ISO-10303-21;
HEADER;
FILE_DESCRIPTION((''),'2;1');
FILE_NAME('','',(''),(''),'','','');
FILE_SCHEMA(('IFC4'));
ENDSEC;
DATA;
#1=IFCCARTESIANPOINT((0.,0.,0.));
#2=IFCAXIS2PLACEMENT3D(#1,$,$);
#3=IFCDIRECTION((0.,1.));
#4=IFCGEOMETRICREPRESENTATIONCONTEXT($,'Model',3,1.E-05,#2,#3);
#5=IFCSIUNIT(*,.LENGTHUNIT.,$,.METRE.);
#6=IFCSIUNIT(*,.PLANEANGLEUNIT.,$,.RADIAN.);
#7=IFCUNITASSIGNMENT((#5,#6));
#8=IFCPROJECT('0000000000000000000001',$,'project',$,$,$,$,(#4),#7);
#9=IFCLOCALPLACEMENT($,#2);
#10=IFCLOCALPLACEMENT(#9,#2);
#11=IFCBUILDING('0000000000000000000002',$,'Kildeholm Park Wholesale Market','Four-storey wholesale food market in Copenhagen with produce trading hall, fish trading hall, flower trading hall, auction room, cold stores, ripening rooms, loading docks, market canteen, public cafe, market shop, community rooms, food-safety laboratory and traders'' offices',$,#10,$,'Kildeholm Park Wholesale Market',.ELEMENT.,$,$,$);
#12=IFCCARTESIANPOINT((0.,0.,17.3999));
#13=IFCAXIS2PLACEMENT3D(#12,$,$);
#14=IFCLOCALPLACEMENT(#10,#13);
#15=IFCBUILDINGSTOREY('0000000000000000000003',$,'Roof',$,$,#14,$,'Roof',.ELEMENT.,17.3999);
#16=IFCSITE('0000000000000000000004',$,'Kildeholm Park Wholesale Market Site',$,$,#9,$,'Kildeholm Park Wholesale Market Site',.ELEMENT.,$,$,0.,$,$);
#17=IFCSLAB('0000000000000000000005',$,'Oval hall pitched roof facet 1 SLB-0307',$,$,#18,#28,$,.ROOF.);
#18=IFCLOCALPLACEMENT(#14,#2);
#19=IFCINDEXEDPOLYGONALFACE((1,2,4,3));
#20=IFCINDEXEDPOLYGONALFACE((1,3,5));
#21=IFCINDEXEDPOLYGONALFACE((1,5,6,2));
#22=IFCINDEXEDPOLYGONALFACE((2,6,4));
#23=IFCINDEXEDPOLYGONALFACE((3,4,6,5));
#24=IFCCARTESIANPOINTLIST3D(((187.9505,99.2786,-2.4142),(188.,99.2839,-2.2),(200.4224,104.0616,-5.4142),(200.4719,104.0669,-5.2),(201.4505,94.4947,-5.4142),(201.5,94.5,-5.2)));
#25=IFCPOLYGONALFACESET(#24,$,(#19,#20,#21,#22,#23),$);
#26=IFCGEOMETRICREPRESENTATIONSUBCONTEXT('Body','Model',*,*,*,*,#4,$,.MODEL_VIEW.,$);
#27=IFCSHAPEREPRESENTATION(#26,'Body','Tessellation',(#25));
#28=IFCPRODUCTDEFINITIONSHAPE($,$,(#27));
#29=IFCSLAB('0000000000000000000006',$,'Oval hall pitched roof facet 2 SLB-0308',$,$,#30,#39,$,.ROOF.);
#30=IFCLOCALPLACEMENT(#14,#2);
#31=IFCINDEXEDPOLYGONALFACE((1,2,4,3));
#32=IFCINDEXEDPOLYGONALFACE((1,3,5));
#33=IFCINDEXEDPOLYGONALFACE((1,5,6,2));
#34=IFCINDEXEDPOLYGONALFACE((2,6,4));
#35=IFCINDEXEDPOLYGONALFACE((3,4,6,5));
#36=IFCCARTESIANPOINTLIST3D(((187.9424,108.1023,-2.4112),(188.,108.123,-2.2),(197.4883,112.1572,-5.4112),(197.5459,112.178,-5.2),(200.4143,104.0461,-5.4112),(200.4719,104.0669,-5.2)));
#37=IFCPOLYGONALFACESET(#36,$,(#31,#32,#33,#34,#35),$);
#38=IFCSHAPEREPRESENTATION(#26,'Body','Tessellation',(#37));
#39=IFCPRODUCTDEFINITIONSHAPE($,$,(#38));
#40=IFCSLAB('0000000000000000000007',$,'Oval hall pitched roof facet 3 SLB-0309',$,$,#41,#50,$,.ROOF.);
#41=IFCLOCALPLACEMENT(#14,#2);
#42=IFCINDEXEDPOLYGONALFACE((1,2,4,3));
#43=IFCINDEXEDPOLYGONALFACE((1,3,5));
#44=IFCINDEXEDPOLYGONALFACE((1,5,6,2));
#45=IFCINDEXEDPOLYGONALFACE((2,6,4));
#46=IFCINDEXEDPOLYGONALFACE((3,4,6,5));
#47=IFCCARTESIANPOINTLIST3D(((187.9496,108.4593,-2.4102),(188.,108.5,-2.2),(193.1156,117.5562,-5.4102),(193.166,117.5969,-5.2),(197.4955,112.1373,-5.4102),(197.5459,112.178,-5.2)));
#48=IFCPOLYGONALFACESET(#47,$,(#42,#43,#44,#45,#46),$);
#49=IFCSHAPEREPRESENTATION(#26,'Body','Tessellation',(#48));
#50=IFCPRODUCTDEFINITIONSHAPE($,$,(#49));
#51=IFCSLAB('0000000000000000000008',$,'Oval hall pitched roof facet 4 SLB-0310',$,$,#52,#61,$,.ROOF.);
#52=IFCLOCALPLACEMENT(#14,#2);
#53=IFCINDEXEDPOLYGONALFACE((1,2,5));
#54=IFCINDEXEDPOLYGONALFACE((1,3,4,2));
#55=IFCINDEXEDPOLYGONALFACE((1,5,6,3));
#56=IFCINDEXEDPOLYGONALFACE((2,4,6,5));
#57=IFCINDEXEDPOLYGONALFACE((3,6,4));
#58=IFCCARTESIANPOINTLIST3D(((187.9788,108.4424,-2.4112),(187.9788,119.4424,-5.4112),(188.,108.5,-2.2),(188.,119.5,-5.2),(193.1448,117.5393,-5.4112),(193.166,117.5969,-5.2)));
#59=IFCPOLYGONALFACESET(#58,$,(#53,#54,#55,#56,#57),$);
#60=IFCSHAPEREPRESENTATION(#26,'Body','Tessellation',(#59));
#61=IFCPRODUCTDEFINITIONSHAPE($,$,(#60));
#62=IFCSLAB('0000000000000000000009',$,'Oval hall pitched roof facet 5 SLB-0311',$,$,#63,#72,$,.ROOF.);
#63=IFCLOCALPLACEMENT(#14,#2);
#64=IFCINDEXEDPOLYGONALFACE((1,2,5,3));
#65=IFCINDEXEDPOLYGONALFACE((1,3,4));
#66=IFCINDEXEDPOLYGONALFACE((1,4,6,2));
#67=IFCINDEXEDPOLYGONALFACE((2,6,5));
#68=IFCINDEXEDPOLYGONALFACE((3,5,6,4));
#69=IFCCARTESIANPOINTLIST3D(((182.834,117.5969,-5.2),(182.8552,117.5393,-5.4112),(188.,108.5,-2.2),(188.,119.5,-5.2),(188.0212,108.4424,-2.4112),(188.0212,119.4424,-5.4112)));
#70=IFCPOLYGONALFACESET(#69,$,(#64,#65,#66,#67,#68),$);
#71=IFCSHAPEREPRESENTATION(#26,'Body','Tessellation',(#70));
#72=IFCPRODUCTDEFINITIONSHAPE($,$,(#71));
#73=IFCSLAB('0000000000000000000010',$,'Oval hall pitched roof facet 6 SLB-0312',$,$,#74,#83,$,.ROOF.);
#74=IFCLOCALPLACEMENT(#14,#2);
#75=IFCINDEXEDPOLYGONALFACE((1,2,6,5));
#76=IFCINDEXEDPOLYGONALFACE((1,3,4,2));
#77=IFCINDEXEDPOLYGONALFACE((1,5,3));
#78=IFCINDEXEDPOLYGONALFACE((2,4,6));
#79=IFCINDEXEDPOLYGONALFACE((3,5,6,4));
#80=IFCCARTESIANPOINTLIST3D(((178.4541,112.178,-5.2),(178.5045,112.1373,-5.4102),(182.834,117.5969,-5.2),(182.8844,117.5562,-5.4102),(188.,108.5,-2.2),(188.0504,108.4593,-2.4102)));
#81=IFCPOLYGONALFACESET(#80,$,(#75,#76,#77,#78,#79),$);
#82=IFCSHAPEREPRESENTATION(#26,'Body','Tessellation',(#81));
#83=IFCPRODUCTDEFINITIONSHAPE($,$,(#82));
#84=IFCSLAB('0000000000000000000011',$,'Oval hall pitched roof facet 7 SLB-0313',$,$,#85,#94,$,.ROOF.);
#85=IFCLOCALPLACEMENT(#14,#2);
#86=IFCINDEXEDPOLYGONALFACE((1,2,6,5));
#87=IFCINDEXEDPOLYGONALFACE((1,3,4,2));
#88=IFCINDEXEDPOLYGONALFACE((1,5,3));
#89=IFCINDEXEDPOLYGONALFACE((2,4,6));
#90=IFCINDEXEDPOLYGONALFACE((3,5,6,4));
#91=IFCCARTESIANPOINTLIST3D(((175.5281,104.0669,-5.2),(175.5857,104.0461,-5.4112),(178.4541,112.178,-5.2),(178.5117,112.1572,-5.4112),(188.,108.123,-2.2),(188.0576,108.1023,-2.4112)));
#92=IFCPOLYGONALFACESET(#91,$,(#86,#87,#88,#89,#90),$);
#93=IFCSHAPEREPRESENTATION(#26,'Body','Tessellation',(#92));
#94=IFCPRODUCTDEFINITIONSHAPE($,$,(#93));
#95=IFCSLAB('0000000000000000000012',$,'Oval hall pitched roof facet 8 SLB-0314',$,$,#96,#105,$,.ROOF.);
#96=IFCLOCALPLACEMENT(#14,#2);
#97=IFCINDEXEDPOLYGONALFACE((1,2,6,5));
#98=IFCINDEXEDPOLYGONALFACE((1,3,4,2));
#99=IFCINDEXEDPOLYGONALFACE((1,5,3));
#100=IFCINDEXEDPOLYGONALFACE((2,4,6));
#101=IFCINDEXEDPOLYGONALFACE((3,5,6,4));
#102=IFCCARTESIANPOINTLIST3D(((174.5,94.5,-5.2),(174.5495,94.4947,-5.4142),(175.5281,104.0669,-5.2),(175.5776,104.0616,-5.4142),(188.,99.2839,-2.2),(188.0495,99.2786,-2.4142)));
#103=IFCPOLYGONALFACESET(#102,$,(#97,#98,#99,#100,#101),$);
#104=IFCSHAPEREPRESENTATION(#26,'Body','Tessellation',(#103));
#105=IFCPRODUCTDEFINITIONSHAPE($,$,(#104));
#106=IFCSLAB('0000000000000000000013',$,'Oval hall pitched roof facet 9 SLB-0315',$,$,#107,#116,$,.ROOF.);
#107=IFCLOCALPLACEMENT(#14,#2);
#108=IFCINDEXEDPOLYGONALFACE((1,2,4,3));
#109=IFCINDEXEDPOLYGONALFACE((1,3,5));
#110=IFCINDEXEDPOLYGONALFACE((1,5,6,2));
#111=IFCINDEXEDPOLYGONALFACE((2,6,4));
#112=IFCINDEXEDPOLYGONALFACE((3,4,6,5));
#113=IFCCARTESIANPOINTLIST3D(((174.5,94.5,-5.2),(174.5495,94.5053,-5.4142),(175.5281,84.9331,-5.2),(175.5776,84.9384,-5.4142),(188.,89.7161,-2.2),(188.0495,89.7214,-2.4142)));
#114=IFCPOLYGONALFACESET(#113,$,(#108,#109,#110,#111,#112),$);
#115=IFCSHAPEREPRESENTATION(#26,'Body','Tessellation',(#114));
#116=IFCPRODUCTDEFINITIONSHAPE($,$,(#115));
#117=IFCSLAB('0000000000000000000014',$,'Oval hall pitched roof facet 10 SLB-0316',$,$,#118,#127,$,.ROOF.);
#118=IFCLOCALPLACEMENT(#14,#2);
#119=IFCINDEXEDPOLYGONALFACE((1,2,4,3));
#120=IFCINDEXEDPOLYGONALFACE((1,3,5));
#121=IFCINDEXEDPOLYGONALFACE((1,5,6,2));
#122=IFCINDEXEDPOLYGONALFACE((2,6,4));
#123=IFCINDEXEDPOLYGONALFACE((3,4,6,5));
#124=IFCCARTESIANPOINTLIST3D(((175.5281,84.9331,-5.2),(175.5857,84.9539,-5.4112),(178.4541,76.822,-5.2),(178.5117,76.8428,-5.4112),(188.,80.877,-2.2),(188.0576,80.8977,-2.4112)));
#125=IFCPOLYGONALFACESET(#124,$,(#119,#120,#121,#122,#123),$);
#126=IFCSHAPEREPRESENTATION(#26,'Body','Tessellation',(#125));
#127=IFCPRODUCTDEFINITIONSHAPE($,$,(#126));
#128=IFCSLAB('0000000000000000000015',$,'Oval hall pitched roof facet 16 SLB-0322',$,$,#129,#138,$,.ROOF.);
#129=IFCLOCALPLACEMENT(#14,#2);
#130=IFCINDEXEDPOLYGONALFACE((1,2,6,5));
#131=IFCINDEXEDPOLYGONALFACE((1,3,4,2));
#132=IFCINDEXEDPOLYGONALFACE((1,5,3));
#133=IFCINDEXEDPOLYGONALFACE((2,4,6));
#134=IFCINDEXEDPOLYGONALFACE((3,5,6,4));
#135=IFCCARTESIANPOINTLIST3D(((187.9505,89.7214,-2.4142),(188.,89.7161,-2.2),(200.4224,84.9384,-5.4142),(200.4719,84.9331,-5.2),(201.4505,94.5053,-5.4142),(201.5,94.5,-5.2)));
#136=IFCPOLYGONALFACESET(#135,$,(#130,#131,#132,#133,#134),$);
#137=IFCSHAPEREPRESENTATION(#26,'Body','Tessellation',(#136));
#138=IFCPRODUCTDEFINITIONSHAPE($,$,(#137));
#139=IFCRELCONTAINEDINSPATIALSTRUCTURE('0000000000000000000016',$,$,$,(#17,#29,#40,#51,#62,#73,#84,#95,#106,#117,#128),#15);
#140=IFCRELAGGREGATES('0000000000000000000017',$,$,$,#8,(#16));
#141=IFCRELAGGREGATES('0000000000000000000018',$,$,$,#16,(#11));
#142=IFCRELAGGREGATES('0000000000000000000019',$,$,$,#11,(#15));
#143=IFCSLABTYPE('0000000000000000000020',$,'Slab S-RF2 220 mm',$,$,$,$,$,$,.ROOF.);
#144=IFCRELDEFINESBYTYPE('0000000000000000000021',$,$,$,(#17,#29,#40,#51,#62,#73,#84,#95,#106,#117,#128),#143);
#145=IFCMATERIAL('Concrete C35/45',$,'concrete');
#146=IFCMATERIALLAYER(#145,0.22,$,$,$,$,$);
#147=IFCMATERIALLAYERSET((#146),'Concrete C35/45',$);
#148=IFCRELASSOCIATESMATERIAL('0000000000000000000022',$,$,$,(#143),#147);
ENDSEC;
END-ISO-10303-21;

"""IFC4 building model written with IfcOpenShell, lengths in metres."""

from ifc_helpers import new_model, si_unit, direction, frame, origin, place, context, subcontext, project, spatial, polyline, outline, extrude, material, layer, layer_set, type_object, element, save


model = new_model("IFC4")

# Units and contexts
model_context = context("Model", 3, precision=1e-05, world=origin(), true_north=direction((0.0, 1.0)))
body_context = subcontext(model_context, "Body", "Model", "MODEL_VIEW")
ifc_project = project(units=[si_unit("LENGTHUNIT", "METRE"), si_unit("PLANEANGLEUNIT", "RADIAN")], contexts=[model_context])

# Site, building, storey
site_placement = place(None, origin())
site = spatial("IfcSite", under=ifc_project, at=site_placement, Name="Kildeholm Park Wholesale Market Site", LongName="Kildeholm Park Wholesale Market Site", CompositionType="ELEMENT", RefElevation=0.0)
building_placement = place(site_placement, origin())
building = spatial("IfcBuilding", under=site, at=building_placement, Name="Kildeholm Park Wholesale Market", Description="Four-storey wholesale food market in Copenhagen with produce trading hall, fish trading hall, flower trading hall, auction room, cold stores, ripening rooms, loading docks, market canteen, public cafe, market shop, community rooms, food-safety laboratory and traders' offices", LongName="Kildeholm Park Wholesale Market", CompositionType="ELEMENT")
storey_placement = place(building_placement, frame((0.0, 0.0, 17.3999)))
storey = spatial("IfcBuildingStorey", under=building, at=storey_placement, Name="Roof", LongName="Roof", CompositionType="ELEMENT", Elevation=17.3999)

# Slabs
ifc_material_1 = material(Name="Concrete C35/45", Category="concrete")
ifc_layer = layer(ifc_material_1, 0.22)
ifc_layer_set = layer_set([ifc_layer], Name="Concrete C35/45")
slab_type = type_object("IfcSlabType", Name="Slab S-RF2 220 mm", PredefinedType="ROOF", material=ifc_layer_set)
slab_1_placement = place(storey_placement, frame((201.5, 94.5, -5.2), z_axis=(0.225025, 0.024182, 0.974053), x_axis=(-0.106847, 0.994276, 0.0)))
element("IfcSlab", 1, at=slab_1_placement, inside=storey, type_object=slab_type, Name="Oval hall pitched roof facet 1 SLB-0307", PredefinedType="ROOF", context=body_context, shape_type="SweptSolid", body=[
    extrude(outline(polyline([(0.0, 0.0), (9.622, 0.0), (6.199, 13.2555), (0.0, 0.0)])), origin(), (0.0, 0.0, -1.0), 0.22),
])
slab_2_placement = place(storey_placement, frame((200.4719, 104.0669, -5.2), z_axis=(0.261749, 0.094425, 0.960506), x_axis=(-0.339339, 0.940664, 0.0)))
element("IfcSlab", 2, at=slab_2_placement, inside=storey, type_object=slab_type, Name="Oval hall pitched roof facet 2 SLB-0308", PredefinedType="ROOF", context=body_context, shape_type="SweptSolid", body=[
    extrude(outline(polyline([(0.0, 0.0), (8.6227, 0.0), (8.0477, 10.7813), (0.0, 0.0)])), origin(), (0.0, 0.0, -1.0), 0.22),
])
slab_3_placement = place(storey_placement, frame((197.5459, 112.178, -5.2), z_axis=(0.229017, 0.185104, 0.955661), x_axis=(-0.628601, 0.777728, 0.0)))
element("IfcSlab", 3, at=slab_3_placement, inside=storey, type_object=slab_type, Name="Oval hall pitched roof facet 3 SLB-0309", PredefinedType="ROOF", context=body_context, shape_type="SweptSolid", body=[
    extrude(outline(polyline([(0.0, 0.0), (6.9677, 0.0), (3.1401, 10.1878), (0.0, 0.0)])), origin(), (0.0, 0.0, -1.0), 0.22),
])
slab_4_placement = place(storey_placement, frame((193.166, 117.5969, -5.2), z_axis=(0.096476, 0.26189, 0.960263), x_axis=(-0.938354, 0.345675, 0.0)))
element("IfcSlab", 4, at=slab_4_placement, inside=storey, type_object=slab_type, Name="Oval hall pitched roof facet 4 SLB-0310", PredefinedType="ROOF", context=body_context, shape_type="SweptSolid", body=[
    extrude(outline(polyline([(0.0, 0.0), (5.5054, 0.0), (1.703, 10.749), (0.0, 0.0)])), origin(), (0.0, 0.0, -1.0), 0.22),
])
slab_5_placement = place(storey_placement, frame((188.0, 119.5, -5.2), z_axis=(-0.096476, 0.26189, 0.960263), x_axis=(-0.938354, -0.345675, 0.0)))
element("IfcSlab", 5, at=slab_5_placement, inside=storey, type_object=slab_type, Name="Oval hall pitched roof facet 5 SLB-0311", PredefinedType="ROOF", context=body_context, shape_type="SweptSolid", body=[
    extrude(outline(polyline([(0.0, 0.0), (5.5054, 0.0), (3.8024, 10.749), (0.0, 0.0)])), origin(), (0.0, 0.0, -1.0), 0.22),
])
slab_6_placement = place(storey_placement, frame((182.834, 117.5969, -5.2), z_axis=(-0.229017, 0.185104, 0.955661), x_axis=(-0.628601, -0.777728, 0.0)))
element("IfcSlab", 6, at=slab_6_placement, inside=storey, type_object=slab_type, Name="Oval hall pitched roof facet 6 SLB-0312", PredefinedType="ROOF", context=body_context, shape_type="SweptSolid", body=[
    extrude(outline(polyline([(0.0, 0.0), (6.9677, 0.0), (3.8276, 10.1878), (0.0, 0.0)])), origin(), (0.0, 0.0, -1.0), 0.22),
])
slab_7_placement = place(storey_placement, frame((178.4541, 112.178, -5.2), z_axis=(-0.261749, 0.094425, 0.960506), x_axis=(-0.339339, -0.940664, 0.0)))
element("IfcSlab", 7, at=slab_7_placement, inside=storey, type_object=slab_type, Name="Oval hall pitched roof facet 7 SLB-0313", PredefinedType="ROOF", context=body_context, shape_type="SweptSolid", body=[
    extrude(outline(polyline([(0.0, 0.0), (8.6227, 0.0), (0.575, 10.7813), (0.0, 0.0)])), origin(), (0.0, 0.0, -1.0), 0.22),
])
slab_8_placement = place(storey_placement, frame((175.5281, 104.0669, -5.2), z_axis=(-0.225025, 0.024182, 0.974053), x_axis=(-0.106847, -0.994276, 0.0)))
element("IfcSlab", 8, at=slab_8_placement, inside=storey, type_object=slab_type, Name="Oval hall pitched roof facet 8 SLB-0314", PredefinedType="ROOF", context=body_context, shape_type="SweptSolid", body=[
    extrude(outline(polyline([(0.0, 0.0), (9.622, 0.0), (3.423, 13.2555), (0.0, 0.0)])), origin(), (0.0, 0.0, -1.0), 0.22),
])
slab_9_placement = place(storey_placement, frame((174.5, 94.5, -5.2), z_axis=(-0.225025, -0.024182, 0.974053), x_axis=(0.106847, -0.994276, 0.0)))
element("IfcSlab", 9, at=slab_9_placement, inside=storey, type_object=slab_type, Name="Oval hall pitched roof facet 9 SLB-0315", PredefinedType="ROOF", context=body_context, shape_type="SweptSolid", body=[
    extrude(outline(polyline([(0.0, 0.0), (9.622, 0.0), (6.199, 13.2555), (0.0, 0.0)])), origin(), (0.0, 0.0, -1.0), 0.22),
])
slab_10_placement = place(storey_placement, frame((175.5281, 84.9331, -5.2), z_axis=(-0.261749, -0.094425, 0.960506), x_axis=(0.339339, -0.940664, 0.0)))
element("IfcSlab", 10, at=slab_10_placement, inside=storey, type_object=slab_type, Name="Oval hall pitched roof facet 10 SLB-0316", PredefinedType="ROOF", context=body_context, shape_type="SweptSolid", body=[
    extrude(outline(polyline([(0.0, 0.0), (8.6227, 0.0), (8.0477, 10.7813), (0.0, 0.0)])), origin(), (0.0, 0.0, -1.0), 0.22),
])
slab_11_placement = place(storey_placement, frame((200.4719, 84.9331, -5.2), z_axis=(0.225025, -0.024182, 0.974053), x_axis=(0.106847, 0.994276, 0.0)))
element("IfcSlab", 11, at=slab_11_placement, inside=storey, type_object=slab_type, Name="Oval hall pitched roof facet 16 SLB-0322", PredefinedType="ROOF", context=body_context, shape_type="SweptSolid", body=[
    extrude(outline(polyline([(0.0, 0.0), (9.622, 0.0), (3.423, 13.2555), (0.0, 0.0)])), origin(), (0.0, 0.0, -1.0), 0.22),
])

save(model, "model.ifc")
